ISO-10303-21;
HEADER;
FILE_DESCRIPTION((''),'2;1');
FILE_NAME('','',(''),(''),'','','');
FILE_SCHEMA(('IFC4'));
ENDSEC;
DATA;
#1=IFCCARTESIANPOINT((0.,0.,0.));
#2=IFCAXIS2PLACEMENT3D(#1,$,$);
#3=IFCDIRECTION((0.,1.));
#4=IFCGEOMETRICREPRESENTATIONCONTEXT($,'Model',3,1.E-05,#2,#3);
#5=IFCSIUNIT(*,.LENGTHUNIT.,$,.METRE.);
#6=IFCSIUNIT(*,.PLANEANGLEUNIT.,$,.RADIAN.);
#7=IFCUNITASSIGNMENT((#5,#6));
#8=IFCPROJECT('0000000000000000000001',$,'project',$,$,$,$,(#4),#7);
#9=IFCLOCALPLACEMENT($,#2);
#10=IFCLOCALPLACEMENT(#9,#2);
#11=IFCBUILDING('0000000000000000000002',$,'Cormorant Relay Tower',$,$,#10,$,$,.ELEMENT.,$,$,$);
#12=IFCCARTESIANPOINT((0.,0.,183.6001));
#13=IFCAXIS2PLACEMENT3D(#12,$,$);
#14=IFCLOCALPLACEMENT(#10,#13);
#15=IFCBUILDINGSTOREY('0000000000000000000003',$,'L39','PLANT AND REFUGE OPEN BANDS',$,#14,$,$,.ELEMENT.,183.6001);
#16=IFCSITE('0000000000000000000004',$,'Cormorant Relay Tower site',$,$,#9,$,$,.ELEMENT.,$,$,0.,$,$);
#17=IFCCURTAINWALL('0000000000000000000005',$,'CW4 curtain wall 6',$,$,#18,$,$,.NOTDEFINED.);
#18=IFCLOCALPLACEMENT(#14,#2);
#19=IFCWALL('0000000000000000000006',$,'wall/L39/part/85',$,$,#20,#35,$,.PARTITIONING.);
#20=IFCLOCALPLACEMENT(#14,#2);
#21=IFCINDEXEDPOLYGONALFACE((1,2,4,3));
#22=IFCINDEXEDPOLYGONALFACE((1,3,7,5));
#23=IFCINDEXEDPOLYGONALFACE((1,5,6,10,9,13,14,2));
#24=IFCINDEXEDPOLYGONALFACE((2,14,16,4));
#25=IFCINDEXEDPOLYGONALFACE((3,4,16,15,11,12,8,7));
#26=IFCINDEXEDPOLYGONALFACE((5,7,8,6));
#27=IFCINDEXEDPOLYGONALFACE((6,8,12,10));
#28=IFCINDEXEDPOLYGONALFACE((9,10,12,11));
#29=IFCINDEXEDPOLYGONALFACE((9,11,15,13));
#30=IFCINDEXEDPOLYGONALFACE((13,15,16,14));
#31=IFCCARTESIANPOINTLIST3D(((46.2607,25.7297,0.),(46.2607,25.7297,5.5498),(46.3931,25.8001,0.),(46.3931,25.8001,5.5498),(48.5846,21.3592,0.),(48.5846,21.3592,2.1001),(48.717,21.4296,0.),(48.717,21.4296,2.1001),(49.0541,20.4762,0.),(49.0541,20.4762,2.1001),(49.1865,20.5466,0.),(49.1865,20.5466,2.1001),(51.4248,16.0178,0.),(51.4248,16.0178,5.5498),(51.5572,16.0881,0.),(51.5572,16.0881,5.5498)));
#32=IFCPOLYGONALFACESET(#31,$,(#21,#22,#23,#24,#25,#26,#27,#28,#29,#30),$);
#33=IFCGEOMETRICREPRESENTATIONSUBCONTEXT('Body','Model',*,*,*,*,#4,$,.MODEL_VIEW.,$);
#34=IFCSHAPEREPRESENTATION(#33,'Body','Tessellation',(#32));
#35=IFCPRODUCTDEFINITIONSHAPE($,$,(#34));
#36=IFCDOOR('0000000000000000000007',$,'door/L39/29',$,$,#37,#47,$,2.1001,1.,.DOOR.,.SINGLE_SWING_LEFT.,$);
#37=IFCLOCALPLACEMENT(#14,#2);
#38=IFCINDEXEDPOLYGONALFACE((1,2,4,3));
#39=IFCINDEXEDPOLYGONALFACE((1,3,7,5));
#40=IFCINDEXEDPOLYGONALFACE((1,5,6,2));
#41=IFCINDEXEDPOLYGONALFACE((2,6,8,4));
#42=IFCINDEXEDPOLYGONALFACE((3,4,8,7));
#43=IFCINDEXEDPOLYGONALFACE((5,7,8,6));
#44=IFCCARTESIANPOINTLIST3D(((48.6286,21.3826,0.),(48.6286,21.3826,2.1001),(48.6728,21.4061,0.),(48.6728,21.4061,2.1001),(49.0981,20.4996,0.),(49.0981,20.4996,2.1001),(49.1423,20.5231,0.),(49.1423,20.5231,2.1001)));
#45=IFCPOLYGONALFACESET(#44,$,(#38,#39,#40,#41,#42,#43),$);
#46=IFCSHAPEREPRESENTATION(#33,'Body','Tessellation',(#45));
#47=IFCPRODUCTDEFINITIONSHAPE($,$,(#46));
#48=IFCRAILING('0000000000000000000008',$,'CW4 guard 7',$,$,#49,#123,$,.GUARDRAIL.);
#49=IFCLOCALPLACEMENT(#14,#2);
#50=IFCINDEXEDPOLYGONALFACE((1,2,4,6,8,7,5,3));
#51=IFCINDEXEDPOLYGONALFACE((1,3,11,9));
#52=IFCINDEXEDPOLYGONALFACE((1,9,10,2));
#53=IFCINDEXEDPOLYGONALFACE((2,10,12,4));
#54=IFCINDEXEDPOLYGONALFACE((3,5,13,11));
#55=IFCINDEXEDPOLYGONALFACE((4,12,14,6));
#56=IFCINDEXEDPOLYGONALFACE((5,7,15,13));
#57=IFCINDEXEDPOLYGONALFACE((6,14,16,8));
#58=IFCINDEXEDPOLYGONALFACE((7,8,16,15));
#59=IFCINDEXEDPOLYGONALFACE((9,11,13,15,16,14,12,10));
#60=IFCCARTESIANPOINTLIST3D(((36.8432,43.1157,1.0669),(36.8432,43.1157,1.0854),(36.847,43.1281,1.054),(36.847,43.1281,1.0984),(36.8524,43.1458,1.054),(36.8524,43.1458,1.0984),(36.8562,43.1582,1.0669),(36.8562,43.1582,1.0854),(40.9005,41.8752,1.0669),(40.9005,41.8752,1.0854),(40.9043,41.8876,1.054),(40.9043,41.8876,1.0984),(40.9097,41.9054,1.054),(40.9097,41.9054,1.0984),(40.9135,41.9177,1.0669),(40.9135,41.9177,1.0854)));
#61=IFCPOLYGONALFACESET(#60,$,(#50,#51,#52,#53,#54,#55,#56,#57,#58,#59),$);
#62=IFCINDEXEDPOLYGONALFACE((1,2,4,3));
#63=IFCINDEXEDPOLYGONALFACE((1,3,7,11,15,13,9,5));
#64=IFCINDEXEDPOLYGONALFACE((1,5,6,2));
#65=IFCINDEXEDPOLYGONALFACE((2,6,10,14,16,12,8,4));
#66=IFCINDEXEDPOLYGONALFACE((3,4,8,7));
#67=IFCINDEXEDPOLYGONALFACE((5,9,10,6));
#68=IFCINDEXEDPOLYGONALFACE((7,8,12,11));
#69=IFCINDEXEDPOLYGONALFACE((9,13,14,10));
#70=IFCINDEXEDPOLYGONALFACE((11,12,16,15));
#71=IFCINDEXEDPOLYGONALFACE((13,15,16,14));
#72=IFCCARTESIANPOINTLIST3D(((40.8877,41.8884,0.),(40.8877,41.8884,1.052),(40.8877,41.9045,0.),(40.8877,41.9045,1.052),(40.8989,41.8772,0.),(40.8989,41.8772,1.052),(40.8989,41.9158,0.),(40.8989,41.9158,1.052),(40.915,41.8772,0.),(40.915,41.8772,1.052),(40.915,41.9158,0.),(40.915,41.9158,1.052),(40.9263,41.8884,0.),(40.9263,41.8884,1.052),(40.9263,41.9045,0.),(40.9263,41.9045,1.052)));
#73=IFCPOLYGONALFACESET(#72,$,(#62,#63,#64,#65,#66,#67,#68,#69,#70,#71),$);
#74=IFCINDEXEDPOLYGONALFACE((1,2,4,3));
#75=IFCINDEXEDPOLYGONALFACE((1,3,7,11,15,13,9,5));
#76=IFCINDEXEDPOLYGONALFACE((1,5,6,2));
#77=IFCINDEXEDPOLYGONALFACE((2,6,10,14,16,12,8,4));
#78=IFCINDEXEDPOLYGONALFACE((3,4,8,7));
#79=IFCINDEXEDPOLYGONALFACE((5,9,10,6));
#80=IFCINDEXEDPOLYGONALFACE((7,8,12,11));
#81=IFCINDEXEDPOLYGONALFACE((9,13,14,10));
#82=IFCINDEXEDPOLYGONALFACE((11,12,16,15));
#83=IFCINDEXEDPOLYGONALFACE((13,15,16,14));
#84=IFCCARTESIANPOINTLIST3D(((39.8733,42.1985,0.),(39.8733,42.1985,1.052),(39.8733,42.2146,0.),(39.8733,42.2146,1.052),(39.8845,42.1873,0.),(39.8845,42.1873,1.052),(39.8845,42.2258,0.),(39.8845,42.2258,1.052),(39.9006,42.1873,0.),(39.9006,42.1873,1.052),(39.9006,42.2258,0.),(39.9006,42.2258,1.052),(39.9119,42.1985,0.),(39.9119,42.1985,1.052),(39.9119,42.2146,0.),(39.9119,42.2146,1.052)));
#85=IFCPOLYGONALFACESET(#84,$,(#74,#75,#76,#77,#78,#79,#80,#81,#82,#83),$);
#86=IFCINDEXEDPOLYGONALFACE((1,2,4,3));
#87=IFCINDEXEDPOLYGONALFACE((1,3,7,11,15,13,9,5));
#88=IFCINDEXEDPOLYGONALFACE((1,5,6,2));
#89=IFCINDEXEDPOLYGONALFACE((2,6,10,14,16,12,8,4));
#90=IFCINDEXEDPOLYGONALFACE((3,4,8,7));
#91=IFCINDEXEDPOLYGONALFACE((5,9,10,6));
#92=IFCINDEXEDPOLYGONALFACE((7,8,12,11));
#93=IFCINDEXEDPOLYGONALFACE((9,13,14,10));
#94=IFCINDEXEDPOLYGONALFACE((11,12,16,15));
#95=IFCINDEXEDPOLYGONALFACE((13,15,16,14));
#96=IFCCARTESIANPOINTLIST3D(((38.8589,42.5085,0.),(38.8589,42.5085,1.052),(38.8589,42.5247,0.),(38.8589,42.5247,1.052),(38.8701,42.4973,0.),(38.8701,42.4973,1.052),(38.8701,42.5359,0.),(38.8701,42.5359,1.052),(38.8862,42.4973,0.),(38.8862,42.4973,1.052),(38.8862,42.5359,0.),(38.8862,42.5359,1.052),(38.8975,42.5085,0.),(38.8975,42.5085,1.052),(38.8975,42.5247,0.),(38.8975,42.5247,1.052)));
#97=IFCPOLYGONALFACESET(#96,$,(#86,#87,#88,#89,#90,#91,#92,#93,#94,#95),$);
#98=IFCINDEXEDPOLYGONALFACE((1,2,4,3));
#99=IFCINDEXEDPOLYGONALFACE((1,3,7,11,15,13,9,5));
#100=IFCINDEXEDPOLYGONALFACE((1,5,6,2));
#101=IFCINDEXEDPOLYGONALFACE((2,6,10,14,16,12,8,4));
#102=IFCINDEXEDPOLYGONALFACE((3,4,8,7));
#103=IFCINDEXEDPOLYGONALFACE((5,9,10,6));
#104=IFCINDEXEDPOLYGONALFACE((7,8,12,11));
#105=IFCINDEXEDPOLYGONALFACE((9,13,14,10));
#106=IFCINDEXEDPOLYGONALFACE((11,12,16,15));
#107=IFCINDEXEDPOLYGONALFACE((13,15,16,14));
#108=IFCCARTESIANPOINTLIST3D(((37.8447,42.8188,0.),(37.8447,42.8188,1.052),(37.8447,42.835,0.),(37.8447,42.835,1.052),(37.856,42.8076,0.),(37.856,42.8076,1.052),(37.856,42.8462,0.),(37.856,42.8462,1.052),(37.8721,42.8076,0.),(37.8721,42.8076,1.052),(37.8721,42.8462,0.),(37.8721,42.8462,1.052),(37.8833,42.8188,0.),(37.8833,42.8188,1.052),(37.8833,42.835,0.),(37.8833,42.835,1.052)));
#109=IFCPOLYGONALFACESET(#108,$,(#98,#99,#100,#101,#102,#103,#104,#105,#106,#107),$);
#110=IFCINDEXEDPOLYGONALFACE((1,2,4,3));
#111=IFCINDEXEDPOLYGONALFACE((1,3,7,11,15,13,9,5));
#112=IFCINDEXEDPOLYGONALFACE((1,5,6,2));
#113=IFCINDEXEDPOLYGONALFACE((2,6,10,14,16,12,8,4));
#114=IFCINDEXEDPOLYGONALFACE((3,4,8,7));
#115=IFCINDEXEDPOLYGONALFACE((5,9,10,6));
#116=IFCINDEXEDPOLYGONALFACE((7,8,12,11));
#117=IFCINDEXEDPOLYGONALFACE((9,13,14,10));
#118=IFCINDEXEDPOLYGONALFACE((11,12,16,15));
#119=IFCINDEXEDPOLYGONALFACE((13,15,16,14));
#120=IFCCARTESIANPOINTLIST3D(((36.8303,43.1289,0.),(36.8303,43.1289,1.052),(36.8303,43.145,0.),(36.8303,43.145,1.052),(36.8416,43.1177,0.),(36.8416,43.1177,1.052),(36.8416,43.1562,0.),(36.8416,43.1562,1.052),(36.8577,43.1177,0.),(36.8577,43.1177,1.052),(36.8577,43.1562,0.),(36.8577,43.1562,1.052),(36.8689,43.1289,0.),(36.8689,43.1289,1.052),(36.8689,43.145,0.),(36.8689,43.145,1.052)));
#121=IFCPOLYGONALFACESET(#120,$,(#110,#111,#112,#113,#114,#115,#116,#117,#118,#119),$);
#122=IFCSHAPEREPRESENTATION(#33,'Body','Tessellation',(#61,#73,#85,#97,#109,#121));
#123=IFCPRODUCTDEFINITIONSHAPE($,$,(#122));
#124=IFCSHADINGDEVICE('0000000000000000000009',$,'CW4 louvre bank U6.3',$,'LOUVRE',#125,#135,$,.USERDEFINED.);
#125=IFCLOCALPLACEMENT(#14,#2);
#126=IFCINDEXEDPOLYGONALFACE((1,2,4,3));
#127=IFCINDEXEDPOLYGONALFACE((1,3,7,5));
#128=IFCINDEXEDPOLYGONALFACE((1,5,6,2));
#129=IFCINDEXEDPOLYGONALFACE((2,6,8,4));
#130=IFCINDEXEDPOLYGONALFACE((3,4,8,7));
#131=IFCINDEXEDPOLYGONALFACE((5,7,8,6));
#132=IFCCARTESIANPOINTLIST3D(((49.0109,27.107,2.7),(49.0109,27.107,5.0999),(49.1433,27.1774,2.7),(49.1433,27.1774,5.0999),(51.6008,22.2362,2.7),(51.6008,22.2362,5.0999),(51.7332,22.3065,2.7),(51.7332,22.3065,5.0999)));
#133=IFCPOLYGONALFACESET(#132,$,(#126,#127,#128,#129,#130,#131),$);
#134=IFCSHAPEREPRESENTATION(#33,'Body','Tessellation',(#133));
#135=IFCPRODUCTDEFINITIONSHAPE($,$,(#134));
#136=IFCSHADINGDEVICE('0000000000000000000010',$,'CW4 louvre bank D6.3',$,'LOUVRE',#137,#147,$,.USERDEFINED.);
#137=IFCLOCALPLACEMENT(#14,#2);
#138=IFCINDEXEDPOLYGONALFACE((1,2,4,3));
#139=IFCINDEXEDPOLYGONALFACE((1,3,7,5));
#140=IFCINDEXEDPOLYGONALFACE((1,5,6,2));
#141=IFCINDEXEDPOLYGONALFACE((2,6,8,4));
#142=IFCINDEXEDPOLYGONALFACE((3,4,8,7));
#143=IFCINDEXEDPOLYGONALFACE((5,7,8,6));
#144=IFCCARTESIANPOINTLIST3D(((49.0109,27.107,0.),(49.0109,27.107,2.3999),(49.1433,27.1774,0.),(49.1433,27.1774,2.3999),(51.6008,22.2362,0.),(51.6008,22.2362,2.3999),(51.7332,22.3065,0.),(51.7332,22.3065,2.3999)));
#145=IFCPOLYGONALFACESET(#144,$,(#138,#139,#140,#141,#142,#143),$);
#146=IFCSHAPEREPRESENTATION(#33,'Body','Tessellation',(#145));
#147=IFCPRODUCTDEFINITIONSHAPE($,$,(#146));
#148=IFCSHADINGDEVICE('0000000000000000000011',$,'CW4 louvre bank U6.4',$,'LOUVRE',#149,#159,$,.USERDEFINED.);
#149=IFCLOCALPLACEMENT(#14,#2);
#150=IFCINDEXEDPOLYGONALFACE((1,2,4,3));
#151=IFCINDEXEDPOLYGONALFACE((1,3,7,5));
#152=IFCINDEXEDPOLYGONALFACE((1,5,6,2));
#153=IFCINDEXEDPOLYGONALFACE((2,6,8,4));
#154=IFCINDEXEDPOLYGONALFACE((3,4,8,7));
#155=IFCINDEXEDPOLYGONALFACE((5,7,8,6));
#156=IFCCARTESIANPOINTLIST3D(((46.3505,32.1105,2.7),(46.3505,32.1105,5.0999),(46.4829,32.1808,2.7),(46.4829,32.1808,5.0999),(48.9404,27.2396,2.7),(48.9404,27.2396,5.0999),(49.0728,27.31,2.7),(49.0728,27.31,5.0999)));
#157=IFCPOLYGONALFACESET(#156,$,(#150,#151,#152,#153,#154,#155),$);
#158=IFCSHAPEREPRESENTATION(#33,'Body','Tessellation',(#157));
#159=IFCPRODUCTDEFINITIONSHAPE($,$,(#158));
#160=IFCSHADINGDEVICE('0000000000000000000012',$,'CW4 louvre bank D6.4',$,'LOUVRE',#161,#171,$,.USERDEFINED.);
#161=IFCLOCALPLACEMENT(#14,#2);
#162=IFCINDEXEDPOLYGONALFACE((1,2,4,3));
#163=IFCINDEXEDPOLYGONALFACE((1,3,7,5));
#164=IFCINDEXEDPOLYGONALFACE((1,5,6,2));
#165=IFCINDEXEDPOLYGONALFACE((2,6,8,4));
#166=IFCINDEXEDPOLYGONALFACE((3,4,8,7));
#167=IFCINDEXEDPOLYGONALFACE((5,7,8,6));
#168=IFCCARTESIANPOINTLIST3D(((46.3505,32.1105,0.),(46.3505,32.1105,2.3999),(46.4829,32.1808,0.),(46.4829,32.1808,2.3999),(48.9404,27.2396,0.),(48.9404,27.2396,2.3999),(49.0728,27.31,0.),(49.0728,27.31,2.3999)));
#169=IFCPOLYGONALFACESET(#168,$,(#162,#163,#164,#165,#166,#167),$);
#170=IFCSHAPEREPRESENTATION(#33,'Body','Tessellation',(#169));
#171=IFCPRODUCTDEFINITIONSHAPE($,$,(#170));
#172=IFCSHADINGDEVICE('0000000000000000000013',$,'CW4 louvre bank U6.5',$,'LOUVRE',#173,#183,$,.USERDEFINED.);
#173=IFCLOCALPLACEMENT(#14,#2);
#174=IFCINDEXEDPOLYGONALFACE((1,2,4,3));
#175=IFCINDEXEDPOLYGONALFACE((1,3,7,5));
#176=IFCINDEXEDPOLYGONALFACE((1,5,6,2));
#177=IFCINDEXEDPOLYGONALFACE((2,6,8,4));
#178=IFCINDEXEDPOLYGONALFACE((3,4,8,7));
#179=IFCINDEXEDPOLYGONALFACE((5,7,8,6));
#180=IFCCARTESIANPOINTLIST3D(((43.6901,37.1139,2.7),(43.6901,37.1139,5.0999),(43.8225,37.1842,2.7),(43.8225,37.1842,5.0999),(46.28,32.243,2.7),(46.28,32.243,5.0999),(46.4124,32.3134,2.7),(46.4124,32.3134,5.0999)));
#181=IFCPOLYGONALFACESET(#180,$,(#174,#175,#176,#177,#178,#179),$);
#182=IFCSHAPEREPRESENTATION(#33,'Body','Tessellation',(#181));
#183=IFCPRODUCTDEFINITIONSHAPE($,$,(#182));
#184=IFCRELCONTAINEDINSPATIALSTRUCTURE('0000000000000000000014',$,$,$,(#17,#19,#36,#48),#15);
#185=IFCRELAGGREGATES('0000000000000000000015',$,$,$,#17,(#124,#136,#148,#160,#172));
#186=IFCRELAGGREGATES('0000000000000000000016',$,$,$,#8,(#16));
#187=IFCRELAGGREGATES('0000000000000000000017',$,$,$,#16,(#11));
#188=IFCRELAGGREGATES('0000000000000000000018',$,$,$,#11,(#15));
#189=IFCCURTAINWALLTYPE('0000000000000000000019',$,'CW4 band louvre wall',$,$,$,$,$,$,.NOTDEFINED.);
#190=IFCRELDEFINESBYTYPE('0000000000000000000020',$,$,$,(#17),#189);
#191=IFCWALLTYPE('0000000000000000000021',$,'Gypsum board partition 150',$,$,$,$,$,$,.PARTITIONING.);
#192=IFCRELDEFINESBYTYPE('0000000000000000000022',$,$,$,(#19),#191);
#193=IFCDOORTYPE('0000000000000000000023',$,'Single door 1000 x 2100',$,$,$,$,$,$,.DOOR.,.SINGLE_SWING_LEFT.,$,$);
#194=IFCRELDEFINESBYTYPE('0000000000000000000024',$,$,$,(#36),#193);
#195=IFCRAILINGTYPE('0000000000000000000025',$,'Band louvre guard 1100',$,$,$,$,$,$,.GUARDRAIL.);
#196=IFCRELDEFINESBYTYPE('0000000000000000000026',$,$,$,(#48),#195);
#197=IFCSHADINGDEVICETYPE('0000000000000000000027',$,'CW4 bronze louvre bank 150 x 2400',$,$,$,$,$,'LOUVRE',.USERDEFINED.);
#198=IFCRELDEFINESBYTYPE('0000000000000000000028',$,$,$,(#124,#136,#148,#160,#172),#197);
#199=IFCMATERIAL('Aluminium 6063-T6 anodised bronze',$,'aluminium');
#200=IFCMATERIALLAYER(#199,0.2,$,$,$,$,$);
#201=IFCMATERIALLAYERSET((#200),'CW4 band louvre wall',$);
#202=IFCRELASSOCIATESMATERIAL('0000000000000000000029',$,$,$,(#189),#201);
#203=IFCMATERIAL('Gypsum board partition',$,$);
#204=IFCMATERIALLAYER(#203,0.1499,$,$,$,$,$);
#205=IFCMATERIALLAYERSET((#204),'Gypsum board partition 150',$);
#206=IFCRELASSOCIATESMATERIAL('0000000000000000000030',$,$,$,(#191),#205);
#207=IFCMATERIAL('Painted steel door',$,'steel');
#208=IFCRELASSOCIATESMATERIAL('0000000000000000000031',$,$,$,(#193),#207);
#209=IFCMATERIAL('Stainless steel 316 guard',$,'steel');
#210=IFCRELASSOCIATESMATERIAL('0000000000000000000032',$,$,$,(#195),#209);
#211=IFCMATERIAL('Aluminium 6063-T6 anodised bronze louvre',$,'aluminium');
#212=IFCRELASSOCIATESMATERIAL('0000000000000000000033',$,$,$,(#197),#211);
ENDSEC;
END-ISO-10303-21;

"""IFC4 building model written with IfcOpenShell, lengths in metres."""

from ifc_helpers import new_model, si_unit, direction, frame, frame_2d, origin, origin_2d, place, context, subcontext, project, spatial, polyline, rectangle, outline, extrude, material, layer, layer_set, type_object, element, fill, aggregate, save


model = new_model("IFC4")

# Units and contexts
model_context = context("Model", 3, precision=1e-05, world=origin(), true_north=direction((0.0, 1.0)))
body_context = subcontext(model_context, "Body", "Model", "MODEL_VIEW")
ifc_project = project(units=[si_unit("LENGTHUNIT", "METRE"), si_unit("PLANEANGLEUNIT", "RADIAN")], contexts=[model_context])

# Site, building, storey
site_placement = place(None, origin())
site = spatial("IfcSite", under=ifc_project, at=site_placement, Name="Cormorant Relay Tower site", CompositionType="ELEMENT", RefElevation=0.0)
building_placement = place(site_placement, origin())
building = spatial("IfcBuilding", under=site, at=building_placement, Name="Cormorant Relay Tower", CompositionType="ELEMENT")
storey_placement = place(building_placement, frame((0.0, 0.0, 183.6001)))
storey = spatial("IfcBuildingStorey", under=building, at=storey_placement, Name="L39", Description="PLANT AND REFUGE OPEN BANDS", CompositionType="ELEMENT", Elevation=183.6001)

# Curtain wall
ifc_material_1 = material(Name="Aluminium 6063-T6 anodised bronze", Category="aluminium")
ifc_layer_1 = layer(ifc_material_1, 0.2)
ifc_layer_set_1 = layer_set([ifc_layer_1], Name="CW4 band louvre wall")
curtain_wall_type = type_object("IfcCurtainWallType", Name="CW4 band louvre wall", PredefinedType="NOTDEFINED", material=ifc_layer_set_1)
curtain_wall_1_placement = place(storey_placement, origin())
curtain_wall_1 = element("IfcCurtainWall", 1, at=curtain_wall_1_placement, inside=storey, type_object=curtain_wall_type, Name="CW4 curtain wall 6", PredefinedType="NOTDEFINED")

# Shared definitions
ifc_material_2 = material(Name="Gypsum board partition")
ifc_layer_2 = layer(ifc_material_2, 0.1499)
ifc_layer_set_2 = layer_set([ifc_layer_2], Name="Gypsum board partition 150")
wall_type_1 = type_object("IfcWallType", Name="Gypsum board partition 150", PredefinedType="PARTITIONING", material=ifc_layer_set_2)

# Wall, opening, door
wall_1_placement = place(storey_placement, frame((46.3269, 25.7649, 0.0), z_axis=(0.0, 0.0, 1.0), x_axis=(0.469482, -0.882942, 0.0)))
wall_1 = element("IfcWall", 2, at=wall_1_placement, inside=storey, type_object=wall_type_1, Name="wall/L39/part/85", PredefinedType="PARTITIONING", context=body_context, shape_type="SweptSolid", body=[
    extrude(rectangle(XDim=10.9995, YDim=0.1499, at=frame_2d((5.4998, 0.0))), origin(), (0.0, 0.0, 1.0), 5.5498),
])
opening_placement = place(wall_1_placement, frame((4.95, 0.0, 0.0)))
opening = element("IfcOpeningElement", 3, at=opening_placement, cuts=wall_1, PredefinedType="OPENING", context=body_context, shape_type="SweptSolid", body=[
    extrude(rectangle(XDim=1.0, YDim=2.1001, at=frame_2d((0.5, 1.05))), frame((0.0, 0.085, 0.0), z_axis=(0.0, -1.0, 0.0), x_axis=(1.0, 0.0, 0.0)), (0.0, 0.0, 1.0), 0.1699),
])
ifc_material_3 = material(Name="Painted steel door", Category="steel")
door_type = type_object("IfcDoorType", Name="Single door 1000 x 2100", OperationType="SINGLE_SWING_LEFT", PredefinedType="DOOR", material=ifc_material_3)
door_placement = place(opening_placement, origin())
door = element("IfcDoor", 4, at=door_placement, inside=storey, type_object=door_type, Name="door/L39/29", OperationType="SINGLE_SWING_LEFT", OverallHeight=2.1001, OverallWidth=1.0, PredefinedType="DOOR", context=body_context, shape_type="SweptSolid", body=[
    extrude(rectangle(XDim=1.0, YDim=2.1001, at=frame_2d((0.5, 1.05))), frame((0.0, 0.0249, 0.0), z_axis=(0.0, -1.0, 0.0), x_axis=(1.0, 0.0, 0.0)), (0.0, 0.0, 1.0), 0.05),
])
fill(opening, door)

# Railing
ifc_material_4 = material(Name="Stainless steel 316 guard", Category="steel")
railing_type = type_object("IfcRailingType", Name="Band louvre guard 1100", PredefinedType="GUARDRAIL", material=ifc_material_4)
railing_1_placement = place(storey_placement, frame((40.907, 41.8965, 0.0)))
element("IfcRailing", 5, at=railing_1_placement, inside=storey, type_object=railing_type, Name="CW4 guard 7", PredefinedType="GUARDRAIL", context=body_context, shape_type="SweptSolid", body=[
    extrude(outline(polyline([(0.0222, 0.0093), (0.0093, 0.0222), (-0.0093, 0.0222), (-0.0222, 0.0093), (-0.0222, -0.0093), (-0.0093, -0.0222), (0.0093, -0.0222), (0.0222, -0.0093), (0.0222, 0.0093)])), frame((0.0, 0.0, 1.0762), z_axis=(-0.956304, 0.292375, 0.0), x_axis=(-0.292375, -0.956304, 0.0)), (0.0, 0.0, 1.0), 4.2427),
    extrude(outline(polyline([(0.0193, 0.0081), (0.0081, 0.0193), (-0.0081, 0.0193), (-0.0193, 0.0081), (-0.0193, -0.0081), (-0.0081, -0.0193), (0.0081, -0.0193), (0.0193, -0.0081), (0.0193, 0.0081)])), origin(), (0.0, 0.0, 1.0), 1.052),
    extrude(outline(polyline([(0.0193, 0.0081), (0.0081, 0.0193), (-0.0081, 0.0193), (-0.0193, 0.0081), (-0.0193, -0.0081), (-0.0081, -0.0193), (0.0081, -0.0193), (0.0193, -0.0081), (0.0193, 0.0081)])), frame((-1.0144, 0.3101, 0.0)), (0.0, 0.0, 1.0), 1.052),
    extrude(outline(polyline([(0.0193, 0.0081), (0.0081, 0.0193), (-0.0081, 0.0193), (-0.0193, 0.0081), (-0.0193, -0.0081), (-0.0081, -0.0193), (0.0081, -0.0193), (0.0193, -0.0081), (0.0193, 0.0081)])), frame((-2.0288, 0.6201, 0.0)), (0.0, 0.0, 1.0), 1.052),
    extrude(outline(polyline([(0.0193, 0.0081), (0.0081, 0.0193), (-0.0081, 0.0193), (-0.0193, 0.0081), (-0.0193, -0.0081), (-0.0081, -0.0193), (0.0081, -0.0193), (0.0193, -0.0081), (0.0193, 0.0081)])), frame((-3.043, 0.9304, 0.0)), (0.0, 0.0, 1.0), 1.052),
    extrude(outline(polyline([(0.0193, 0.0081), (0.0081, 0.0193), (-0.0081, 0.0193), (-0.0193, 0.0081), (-0.0193, -0.0081), (-0.0081, -0.0193), (0.0081, -0.0193), (0.0193, -0.0081), (0.0193, 0.0081)])), frame((-4.0574, 1.2405, 0.0)), (0.0, 0.0, 1.0), 1.052),
])

# Shading devices
ifc_material_5 = material(Name="Aluminium 6063-T6 anodised bronze louvre", Category="aluminium")
shading_device_type = type_object("IfcShadingDeviceType", Name="CW4 bronze louvre bank 150 x 2400", ElementType="LOUVRE", PredefinedType="USERDEFINED", material=ifc_material_5)
shading_device_1_placement = place(storey_placement, frame((50.3721, 24.7068, 2.7), z_axis=(0.0, 0.0, 1.0), x_axis=(-0.469472, 0.882948, 0.0)))
shading_device_1 = element("IfcShadingDevice", 6, at=shading_device_1_placement, type_object=shading_device_type, Name="CW4 louvre bank U6.3", ObjectType="LOUVRE", PredefinedType="USERDEFINED", context=body_context, shape_type="SweptSolid", body=[
    extrude(rectangle(XDim=5.5166, YDim=0.1499, at=origin_2d()), origin(), (0.0, 0.0, 1.0), 2.3999),
])
shading_device_2_placement = place(storey_placement, frame((50.3721, 24.7068, 0.0), z_axis=(0.0, 0.0, 1.0), x_axis=(-0.469472, 0.882948, 0.0)))
shading_device_2 = element("IfcShadingDevice", 7, at=shading_device_2_placement, type_object=shading_device_type, Name="CW4 louvre bank D6.3", ObjectType="LOUVRE", PredefinedType="USERDEFINED", context=body_context, shape_type="SweptSolid", body=[
    extrude(rectangle(XDim=5.5166, YDim=0.1499, at=origin_2d()), origin(), (0.0, 0.0, 1.0), 2.3999),
])
shading_device_3_placement = place(storey_placement, frame((47.7117, 29.7102, 2.7), z_axis=(0.0, 0.0, 1.0), x_axis=(-0.469472, 0.882948, 0.0)))
shading_device_3 = element("IfcShadingDevice", 8, at=shading_device_3_placement, type_object=shading_device_type, Name="CW4 louvre bank U6.4", ObjectType="LOUVRE", PredefinedType="USERDEFINED", context=body_context, shape_type="SweptSolid", body=[
    extrude(rectangle(XDim=5.5166, YDim=0.1499, at=origin_2d()), origin(), (0.0, 0.0, 1.0), 2.3999),
])
shading_device_4_placement = place(storey_placement, frame((47.7117, 29.7102, 0.0), z_axis=(0.0, 0.0, 1.0), x_axis=(-0.469472, 0.882948, 0.0)))
shading_device_4 = element("IfcShadingDevice", 9, at=shading_device_4_placement, type_object=shading_device_type, Name="CW4 louvre bank D6.4", ObjectType="LOUVRE", PredefinedType="USERDEFINED", context=body_context, shape_type="SweptSolid", body=[
    extrude(rectangle(XDim=5.5166, YDim=0.1499, at=origin_2d()), origin(), (0.0, 0.0, 1.0), 2.3999),
])
shading_device_5_placement = place(storey_placement, frame((45.0513, 34.7136, 2.7), z_axis=(0.0, 0.0, 1.0), x_axis=(-0.469472, 0.882948, 0.0)))
shading_device_5 = element("IfcShadingDevice", 10, at=shading_device_5_placement, type_object=shading_device_type, Name="CW4 louvre bank U6.5", ObjectType="LOUVRE", PredefinedType="USERDEFINED", context=body_context, shape_type="SweptSolid", body=[
    extrude(rectangle(XDim=5.5166, YDim=0.1499, at=origin_2d()), origin(), (0.0, 0.0, 1.0), 2.3999),
])
aggregate(curtain_wall_1, [shading_device_1, shading_device_2, shading_device_3, shading_device_4, shading_device_5])

save(model, "model.ifc")
